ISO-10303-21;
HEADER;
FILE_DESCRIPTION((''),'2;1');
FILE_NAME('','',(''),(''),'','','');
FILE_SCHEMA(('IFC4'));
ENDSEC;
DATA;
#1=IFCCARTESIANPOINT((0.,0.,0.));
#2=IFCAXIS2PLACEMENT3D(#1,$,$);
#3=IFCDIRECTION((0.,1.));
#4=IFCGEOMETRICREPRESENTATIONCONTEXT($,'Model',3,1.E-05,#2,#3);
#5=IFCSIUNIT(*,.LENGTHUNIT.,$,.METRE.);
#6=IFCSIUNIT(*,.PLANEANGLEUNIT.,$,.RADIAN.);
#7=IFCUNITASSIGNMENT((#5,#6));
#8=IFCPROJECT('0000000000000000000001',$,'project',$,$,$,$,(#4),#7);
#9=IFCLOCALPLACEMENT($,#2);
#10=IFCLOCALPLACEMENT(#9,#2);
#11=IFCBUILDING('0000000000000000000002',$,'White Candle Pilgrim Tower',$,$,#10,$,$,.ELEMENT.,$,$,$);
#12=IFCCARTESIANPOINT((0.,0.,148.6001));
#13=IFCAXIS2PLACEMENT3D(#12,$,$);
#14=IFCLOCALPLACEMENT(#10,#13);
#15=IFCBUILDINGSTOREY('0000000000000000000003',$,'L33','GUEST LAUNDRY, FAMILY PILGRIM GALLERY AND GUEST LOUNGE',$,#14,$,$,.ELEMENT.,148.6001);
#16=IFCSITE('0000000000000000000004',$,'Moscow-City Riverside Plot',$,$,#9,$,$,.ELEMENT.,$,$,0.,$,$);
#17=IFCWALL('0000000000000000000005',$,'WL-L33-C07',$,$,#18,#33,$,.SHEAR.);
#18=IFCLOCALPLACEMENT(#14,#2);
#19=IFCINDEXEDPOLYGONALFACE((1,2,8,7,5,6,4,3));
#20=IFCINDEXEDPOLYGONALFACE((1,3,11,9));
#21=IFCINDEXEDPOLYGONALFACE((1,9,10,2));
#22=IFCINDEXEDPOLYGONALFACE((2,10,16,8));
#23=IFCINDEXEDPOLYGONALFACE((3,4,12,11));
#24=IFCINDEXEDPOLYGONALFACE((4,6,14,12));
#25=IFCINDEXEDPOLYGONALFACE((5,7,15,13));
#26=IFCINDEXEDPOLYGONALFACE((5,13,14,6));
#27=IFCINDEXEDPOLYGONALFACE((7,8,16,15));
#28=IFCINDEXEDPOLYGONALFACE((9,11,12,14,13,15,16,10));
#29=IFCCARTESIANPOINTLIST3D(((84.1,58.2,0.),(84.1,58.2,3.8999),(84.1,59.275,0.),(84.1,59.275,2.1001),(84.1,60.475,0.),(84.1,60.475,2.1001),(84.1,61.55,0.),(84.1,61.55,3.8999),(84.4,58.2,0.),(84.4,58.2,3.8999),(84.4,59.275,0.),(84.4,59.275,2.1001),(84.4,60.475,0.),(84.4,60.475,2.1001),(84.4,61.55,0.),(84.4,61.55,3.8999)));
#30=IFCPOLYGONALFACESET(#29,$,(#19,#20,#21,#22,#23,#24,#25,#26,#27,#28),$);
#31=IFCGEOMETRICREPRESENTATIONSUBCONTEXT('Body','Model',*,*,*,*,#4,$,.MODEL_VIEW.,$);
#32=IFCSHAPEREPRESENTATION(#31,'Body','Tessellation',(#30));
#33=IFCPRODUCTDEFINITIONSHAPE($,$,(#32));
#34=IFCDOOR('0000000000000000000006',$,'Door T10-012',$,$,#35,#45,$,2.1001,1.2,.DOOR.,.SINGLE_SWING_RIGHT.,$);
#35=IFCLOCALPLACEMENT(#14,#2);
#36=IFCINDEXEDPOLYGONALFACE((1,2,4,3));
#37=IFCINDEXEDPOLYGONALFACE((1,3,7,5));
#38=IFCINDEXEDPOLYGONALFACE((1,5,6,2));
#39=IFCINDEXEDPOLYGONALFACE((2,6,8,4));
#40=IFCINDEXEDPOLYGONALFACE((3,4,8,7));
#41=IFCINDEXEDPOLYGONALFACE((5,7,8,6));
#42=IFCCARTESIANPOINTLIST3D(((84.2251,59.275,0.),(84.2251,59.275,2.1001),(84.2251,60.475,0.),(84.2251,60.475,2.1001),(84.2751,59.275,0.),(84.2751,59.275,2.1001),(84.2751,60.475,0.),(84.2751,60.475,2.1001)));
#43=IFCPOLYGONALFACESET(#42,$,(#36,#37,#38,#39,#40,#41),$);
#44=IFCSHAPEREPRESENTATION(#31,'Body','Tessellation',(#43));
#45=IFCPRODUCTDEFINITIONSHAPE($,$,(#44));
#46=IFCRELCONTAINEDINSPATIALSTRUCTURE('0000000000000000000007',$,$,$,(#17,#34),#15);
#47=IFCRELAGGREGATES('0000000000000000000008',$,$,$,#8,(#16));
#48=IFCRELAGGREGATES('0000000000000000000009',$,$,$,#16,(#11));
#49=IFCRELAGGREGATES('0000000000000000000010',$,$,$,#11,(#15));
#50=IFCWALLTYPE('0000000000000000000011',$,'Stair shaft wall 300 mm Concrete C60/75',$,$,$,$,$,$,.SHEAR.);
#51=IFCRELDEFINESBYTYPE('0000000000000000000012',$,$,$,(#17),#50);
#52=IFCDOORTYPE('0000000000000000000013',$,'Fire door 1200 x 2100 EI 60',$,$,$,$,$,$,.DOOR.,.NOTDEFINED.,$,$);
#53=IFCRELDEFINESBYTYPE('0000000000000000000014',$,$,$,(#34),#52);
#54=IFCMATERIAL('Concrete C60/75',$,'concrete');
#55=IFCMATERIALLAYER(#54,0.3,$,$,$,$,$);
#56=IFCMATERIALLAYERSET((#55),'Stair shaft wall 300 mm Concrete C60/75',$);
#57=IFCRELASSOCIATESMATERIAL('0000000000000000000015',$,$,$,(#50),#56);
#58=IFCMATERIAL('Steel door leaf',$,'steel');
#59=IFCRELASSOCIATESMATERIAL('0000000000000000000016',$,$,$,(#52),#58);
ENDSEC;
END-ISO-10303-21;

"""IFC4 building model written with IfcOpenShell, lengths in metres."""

from ifc_helpers import new_model, si_unit, direction, frame, frame_2d, origin, place, context, subcontext, project, spatial, rectangle, extrude, material, layer, layer_set, type_object, element, fill, save


model = new_model("IFC4")

# Units and contexts
model_context = context("Model", 3, precision=1e-05, world=origin(), true_north=direction((0.0, 1.0)))
body_context = subcontext(model_context, "Body", "Model", "MODEL_VIEW")
ifc_project = project(units=[si_unit("LENGTHUNIT", "METRE"), si_unit("PLANEANGLEUNIT", "RADIAN")], contexts=[model_context])

# Site, building, storey
site_placement = place(None, origin())
site = spatial("IfcSite", under=ifc_project, at=site_placement, Name="Moscow-City Riverside Plot", CompositionType="ELEMENT", RefElevation=0.0)
building_placement = place(site_placement, origin())
building = spatial("IfcBuilding", under=site, at=building_placement, Name="White Candle Pilgrim Tower", CompositionType="ELEMENT")
storey_placement = place(building_placement, frame((0.0, 0.0, 148.6001)))
storey = spatial("IfcBuildingStorey", under=building, at=storey_placement, Name="L33", Description="GUEST LAUNDRY, FAMILY PILGRIM GALLERY AND GUEST LOUNGE", CompositionType="ELEMENT", Elevation=148.6001)

# Shared definitions
ifc_material_1 = material(Name="Steel door leaf", Category="steel")

# Wall, opening, door
ifc_material_2 = material(Name="Concrete C60/75", Category="concrete")
ifc_layer_1 = layer(ifc_material_2, 0.3)
ifc_layer_set_1 = layer_set([ifc_layer_1], Name="Stair shaft wall 300 mm Concrete C60/75")
wall_type_1 = type_object("IfcWallType", Name="Stair shaft wall 300 mm Concrete C60/75", PredefinedType="SHEAR", material=ifc_layer_set_1)
wall_1_placement = place(storey_placement, frame((84.25, 58.2, 0.0), z_axis=(0.0, 0.0, 1.0), x_axis=(0.0, 1.0, 0.0)))
wall_1 = element("IfcWall", 1, at=wall_1_placement, inside=storey, type_object=wall_type_1, Name="WL-L33-C07", PredefinedType="SHEAR", context=body_context, shape_type="SweptSolid", body=[
    extrude(rectangle(XDim=3.3501, YDim=0.3, at=frame_2d((1.675, 0.0))), origin(), (0.0, 0.0, 1.0), 3.8999),
])
opening_1_placement = place(wall_1_placement, frame((1.075, 0.0, 0.0)))
opening_1 = element("IfcOpeningElement", 2, at=opening_1_placement, cuts=wall_1, PredefinedType="OPENING", context=body_context, shape_type="SweptSolid", body=[
    extrude(rectangle(XDim=1.2, YDim=2.1001, at=frame_2d((0.6001, 1.05))), frame((0.0, 0.1599, 0.0), z_axis=(0.0, -1.0, 0.0), x_axis=(1.0, 0.0, 0.0)), (0.0, 0.0, 1.0), 0.3201),
])
door_type_1 = type_object("IfcDoorType", Name="Fire door 1200 x 2100 EI 60", OperationType="NOTDEFINED", PredefinedType="DOOR", material=ifc_material_1)
door_1_placement = place(opening_1_placement, origin())
door_1 = element("IfcDoor", 3, at=door_1_placement, inside=storey, type_object=door_type_1, Name="Door T10-012", OperationType="SINGLE_SWING_RIGHT", OverallHeight=2.1001, OverallWidth=1.2, PredefinedType="DOOR", context=body_context, shape_type="SweptSolid", body=[
    extrude(rectangle(XDim=1.2, YDim=2.1001, at=frame_2d((0.6001, 1.05))), frame((0.0, 0.0249, 0.0), z_axis=(0.0, -1.0, 0.0), x_axis=(1.0, 0.0, 0.0)), (0.0, 0.0, 1.0), 0.05),
])
fill(opening_1, door_1)

save(model, "model.ifc")
